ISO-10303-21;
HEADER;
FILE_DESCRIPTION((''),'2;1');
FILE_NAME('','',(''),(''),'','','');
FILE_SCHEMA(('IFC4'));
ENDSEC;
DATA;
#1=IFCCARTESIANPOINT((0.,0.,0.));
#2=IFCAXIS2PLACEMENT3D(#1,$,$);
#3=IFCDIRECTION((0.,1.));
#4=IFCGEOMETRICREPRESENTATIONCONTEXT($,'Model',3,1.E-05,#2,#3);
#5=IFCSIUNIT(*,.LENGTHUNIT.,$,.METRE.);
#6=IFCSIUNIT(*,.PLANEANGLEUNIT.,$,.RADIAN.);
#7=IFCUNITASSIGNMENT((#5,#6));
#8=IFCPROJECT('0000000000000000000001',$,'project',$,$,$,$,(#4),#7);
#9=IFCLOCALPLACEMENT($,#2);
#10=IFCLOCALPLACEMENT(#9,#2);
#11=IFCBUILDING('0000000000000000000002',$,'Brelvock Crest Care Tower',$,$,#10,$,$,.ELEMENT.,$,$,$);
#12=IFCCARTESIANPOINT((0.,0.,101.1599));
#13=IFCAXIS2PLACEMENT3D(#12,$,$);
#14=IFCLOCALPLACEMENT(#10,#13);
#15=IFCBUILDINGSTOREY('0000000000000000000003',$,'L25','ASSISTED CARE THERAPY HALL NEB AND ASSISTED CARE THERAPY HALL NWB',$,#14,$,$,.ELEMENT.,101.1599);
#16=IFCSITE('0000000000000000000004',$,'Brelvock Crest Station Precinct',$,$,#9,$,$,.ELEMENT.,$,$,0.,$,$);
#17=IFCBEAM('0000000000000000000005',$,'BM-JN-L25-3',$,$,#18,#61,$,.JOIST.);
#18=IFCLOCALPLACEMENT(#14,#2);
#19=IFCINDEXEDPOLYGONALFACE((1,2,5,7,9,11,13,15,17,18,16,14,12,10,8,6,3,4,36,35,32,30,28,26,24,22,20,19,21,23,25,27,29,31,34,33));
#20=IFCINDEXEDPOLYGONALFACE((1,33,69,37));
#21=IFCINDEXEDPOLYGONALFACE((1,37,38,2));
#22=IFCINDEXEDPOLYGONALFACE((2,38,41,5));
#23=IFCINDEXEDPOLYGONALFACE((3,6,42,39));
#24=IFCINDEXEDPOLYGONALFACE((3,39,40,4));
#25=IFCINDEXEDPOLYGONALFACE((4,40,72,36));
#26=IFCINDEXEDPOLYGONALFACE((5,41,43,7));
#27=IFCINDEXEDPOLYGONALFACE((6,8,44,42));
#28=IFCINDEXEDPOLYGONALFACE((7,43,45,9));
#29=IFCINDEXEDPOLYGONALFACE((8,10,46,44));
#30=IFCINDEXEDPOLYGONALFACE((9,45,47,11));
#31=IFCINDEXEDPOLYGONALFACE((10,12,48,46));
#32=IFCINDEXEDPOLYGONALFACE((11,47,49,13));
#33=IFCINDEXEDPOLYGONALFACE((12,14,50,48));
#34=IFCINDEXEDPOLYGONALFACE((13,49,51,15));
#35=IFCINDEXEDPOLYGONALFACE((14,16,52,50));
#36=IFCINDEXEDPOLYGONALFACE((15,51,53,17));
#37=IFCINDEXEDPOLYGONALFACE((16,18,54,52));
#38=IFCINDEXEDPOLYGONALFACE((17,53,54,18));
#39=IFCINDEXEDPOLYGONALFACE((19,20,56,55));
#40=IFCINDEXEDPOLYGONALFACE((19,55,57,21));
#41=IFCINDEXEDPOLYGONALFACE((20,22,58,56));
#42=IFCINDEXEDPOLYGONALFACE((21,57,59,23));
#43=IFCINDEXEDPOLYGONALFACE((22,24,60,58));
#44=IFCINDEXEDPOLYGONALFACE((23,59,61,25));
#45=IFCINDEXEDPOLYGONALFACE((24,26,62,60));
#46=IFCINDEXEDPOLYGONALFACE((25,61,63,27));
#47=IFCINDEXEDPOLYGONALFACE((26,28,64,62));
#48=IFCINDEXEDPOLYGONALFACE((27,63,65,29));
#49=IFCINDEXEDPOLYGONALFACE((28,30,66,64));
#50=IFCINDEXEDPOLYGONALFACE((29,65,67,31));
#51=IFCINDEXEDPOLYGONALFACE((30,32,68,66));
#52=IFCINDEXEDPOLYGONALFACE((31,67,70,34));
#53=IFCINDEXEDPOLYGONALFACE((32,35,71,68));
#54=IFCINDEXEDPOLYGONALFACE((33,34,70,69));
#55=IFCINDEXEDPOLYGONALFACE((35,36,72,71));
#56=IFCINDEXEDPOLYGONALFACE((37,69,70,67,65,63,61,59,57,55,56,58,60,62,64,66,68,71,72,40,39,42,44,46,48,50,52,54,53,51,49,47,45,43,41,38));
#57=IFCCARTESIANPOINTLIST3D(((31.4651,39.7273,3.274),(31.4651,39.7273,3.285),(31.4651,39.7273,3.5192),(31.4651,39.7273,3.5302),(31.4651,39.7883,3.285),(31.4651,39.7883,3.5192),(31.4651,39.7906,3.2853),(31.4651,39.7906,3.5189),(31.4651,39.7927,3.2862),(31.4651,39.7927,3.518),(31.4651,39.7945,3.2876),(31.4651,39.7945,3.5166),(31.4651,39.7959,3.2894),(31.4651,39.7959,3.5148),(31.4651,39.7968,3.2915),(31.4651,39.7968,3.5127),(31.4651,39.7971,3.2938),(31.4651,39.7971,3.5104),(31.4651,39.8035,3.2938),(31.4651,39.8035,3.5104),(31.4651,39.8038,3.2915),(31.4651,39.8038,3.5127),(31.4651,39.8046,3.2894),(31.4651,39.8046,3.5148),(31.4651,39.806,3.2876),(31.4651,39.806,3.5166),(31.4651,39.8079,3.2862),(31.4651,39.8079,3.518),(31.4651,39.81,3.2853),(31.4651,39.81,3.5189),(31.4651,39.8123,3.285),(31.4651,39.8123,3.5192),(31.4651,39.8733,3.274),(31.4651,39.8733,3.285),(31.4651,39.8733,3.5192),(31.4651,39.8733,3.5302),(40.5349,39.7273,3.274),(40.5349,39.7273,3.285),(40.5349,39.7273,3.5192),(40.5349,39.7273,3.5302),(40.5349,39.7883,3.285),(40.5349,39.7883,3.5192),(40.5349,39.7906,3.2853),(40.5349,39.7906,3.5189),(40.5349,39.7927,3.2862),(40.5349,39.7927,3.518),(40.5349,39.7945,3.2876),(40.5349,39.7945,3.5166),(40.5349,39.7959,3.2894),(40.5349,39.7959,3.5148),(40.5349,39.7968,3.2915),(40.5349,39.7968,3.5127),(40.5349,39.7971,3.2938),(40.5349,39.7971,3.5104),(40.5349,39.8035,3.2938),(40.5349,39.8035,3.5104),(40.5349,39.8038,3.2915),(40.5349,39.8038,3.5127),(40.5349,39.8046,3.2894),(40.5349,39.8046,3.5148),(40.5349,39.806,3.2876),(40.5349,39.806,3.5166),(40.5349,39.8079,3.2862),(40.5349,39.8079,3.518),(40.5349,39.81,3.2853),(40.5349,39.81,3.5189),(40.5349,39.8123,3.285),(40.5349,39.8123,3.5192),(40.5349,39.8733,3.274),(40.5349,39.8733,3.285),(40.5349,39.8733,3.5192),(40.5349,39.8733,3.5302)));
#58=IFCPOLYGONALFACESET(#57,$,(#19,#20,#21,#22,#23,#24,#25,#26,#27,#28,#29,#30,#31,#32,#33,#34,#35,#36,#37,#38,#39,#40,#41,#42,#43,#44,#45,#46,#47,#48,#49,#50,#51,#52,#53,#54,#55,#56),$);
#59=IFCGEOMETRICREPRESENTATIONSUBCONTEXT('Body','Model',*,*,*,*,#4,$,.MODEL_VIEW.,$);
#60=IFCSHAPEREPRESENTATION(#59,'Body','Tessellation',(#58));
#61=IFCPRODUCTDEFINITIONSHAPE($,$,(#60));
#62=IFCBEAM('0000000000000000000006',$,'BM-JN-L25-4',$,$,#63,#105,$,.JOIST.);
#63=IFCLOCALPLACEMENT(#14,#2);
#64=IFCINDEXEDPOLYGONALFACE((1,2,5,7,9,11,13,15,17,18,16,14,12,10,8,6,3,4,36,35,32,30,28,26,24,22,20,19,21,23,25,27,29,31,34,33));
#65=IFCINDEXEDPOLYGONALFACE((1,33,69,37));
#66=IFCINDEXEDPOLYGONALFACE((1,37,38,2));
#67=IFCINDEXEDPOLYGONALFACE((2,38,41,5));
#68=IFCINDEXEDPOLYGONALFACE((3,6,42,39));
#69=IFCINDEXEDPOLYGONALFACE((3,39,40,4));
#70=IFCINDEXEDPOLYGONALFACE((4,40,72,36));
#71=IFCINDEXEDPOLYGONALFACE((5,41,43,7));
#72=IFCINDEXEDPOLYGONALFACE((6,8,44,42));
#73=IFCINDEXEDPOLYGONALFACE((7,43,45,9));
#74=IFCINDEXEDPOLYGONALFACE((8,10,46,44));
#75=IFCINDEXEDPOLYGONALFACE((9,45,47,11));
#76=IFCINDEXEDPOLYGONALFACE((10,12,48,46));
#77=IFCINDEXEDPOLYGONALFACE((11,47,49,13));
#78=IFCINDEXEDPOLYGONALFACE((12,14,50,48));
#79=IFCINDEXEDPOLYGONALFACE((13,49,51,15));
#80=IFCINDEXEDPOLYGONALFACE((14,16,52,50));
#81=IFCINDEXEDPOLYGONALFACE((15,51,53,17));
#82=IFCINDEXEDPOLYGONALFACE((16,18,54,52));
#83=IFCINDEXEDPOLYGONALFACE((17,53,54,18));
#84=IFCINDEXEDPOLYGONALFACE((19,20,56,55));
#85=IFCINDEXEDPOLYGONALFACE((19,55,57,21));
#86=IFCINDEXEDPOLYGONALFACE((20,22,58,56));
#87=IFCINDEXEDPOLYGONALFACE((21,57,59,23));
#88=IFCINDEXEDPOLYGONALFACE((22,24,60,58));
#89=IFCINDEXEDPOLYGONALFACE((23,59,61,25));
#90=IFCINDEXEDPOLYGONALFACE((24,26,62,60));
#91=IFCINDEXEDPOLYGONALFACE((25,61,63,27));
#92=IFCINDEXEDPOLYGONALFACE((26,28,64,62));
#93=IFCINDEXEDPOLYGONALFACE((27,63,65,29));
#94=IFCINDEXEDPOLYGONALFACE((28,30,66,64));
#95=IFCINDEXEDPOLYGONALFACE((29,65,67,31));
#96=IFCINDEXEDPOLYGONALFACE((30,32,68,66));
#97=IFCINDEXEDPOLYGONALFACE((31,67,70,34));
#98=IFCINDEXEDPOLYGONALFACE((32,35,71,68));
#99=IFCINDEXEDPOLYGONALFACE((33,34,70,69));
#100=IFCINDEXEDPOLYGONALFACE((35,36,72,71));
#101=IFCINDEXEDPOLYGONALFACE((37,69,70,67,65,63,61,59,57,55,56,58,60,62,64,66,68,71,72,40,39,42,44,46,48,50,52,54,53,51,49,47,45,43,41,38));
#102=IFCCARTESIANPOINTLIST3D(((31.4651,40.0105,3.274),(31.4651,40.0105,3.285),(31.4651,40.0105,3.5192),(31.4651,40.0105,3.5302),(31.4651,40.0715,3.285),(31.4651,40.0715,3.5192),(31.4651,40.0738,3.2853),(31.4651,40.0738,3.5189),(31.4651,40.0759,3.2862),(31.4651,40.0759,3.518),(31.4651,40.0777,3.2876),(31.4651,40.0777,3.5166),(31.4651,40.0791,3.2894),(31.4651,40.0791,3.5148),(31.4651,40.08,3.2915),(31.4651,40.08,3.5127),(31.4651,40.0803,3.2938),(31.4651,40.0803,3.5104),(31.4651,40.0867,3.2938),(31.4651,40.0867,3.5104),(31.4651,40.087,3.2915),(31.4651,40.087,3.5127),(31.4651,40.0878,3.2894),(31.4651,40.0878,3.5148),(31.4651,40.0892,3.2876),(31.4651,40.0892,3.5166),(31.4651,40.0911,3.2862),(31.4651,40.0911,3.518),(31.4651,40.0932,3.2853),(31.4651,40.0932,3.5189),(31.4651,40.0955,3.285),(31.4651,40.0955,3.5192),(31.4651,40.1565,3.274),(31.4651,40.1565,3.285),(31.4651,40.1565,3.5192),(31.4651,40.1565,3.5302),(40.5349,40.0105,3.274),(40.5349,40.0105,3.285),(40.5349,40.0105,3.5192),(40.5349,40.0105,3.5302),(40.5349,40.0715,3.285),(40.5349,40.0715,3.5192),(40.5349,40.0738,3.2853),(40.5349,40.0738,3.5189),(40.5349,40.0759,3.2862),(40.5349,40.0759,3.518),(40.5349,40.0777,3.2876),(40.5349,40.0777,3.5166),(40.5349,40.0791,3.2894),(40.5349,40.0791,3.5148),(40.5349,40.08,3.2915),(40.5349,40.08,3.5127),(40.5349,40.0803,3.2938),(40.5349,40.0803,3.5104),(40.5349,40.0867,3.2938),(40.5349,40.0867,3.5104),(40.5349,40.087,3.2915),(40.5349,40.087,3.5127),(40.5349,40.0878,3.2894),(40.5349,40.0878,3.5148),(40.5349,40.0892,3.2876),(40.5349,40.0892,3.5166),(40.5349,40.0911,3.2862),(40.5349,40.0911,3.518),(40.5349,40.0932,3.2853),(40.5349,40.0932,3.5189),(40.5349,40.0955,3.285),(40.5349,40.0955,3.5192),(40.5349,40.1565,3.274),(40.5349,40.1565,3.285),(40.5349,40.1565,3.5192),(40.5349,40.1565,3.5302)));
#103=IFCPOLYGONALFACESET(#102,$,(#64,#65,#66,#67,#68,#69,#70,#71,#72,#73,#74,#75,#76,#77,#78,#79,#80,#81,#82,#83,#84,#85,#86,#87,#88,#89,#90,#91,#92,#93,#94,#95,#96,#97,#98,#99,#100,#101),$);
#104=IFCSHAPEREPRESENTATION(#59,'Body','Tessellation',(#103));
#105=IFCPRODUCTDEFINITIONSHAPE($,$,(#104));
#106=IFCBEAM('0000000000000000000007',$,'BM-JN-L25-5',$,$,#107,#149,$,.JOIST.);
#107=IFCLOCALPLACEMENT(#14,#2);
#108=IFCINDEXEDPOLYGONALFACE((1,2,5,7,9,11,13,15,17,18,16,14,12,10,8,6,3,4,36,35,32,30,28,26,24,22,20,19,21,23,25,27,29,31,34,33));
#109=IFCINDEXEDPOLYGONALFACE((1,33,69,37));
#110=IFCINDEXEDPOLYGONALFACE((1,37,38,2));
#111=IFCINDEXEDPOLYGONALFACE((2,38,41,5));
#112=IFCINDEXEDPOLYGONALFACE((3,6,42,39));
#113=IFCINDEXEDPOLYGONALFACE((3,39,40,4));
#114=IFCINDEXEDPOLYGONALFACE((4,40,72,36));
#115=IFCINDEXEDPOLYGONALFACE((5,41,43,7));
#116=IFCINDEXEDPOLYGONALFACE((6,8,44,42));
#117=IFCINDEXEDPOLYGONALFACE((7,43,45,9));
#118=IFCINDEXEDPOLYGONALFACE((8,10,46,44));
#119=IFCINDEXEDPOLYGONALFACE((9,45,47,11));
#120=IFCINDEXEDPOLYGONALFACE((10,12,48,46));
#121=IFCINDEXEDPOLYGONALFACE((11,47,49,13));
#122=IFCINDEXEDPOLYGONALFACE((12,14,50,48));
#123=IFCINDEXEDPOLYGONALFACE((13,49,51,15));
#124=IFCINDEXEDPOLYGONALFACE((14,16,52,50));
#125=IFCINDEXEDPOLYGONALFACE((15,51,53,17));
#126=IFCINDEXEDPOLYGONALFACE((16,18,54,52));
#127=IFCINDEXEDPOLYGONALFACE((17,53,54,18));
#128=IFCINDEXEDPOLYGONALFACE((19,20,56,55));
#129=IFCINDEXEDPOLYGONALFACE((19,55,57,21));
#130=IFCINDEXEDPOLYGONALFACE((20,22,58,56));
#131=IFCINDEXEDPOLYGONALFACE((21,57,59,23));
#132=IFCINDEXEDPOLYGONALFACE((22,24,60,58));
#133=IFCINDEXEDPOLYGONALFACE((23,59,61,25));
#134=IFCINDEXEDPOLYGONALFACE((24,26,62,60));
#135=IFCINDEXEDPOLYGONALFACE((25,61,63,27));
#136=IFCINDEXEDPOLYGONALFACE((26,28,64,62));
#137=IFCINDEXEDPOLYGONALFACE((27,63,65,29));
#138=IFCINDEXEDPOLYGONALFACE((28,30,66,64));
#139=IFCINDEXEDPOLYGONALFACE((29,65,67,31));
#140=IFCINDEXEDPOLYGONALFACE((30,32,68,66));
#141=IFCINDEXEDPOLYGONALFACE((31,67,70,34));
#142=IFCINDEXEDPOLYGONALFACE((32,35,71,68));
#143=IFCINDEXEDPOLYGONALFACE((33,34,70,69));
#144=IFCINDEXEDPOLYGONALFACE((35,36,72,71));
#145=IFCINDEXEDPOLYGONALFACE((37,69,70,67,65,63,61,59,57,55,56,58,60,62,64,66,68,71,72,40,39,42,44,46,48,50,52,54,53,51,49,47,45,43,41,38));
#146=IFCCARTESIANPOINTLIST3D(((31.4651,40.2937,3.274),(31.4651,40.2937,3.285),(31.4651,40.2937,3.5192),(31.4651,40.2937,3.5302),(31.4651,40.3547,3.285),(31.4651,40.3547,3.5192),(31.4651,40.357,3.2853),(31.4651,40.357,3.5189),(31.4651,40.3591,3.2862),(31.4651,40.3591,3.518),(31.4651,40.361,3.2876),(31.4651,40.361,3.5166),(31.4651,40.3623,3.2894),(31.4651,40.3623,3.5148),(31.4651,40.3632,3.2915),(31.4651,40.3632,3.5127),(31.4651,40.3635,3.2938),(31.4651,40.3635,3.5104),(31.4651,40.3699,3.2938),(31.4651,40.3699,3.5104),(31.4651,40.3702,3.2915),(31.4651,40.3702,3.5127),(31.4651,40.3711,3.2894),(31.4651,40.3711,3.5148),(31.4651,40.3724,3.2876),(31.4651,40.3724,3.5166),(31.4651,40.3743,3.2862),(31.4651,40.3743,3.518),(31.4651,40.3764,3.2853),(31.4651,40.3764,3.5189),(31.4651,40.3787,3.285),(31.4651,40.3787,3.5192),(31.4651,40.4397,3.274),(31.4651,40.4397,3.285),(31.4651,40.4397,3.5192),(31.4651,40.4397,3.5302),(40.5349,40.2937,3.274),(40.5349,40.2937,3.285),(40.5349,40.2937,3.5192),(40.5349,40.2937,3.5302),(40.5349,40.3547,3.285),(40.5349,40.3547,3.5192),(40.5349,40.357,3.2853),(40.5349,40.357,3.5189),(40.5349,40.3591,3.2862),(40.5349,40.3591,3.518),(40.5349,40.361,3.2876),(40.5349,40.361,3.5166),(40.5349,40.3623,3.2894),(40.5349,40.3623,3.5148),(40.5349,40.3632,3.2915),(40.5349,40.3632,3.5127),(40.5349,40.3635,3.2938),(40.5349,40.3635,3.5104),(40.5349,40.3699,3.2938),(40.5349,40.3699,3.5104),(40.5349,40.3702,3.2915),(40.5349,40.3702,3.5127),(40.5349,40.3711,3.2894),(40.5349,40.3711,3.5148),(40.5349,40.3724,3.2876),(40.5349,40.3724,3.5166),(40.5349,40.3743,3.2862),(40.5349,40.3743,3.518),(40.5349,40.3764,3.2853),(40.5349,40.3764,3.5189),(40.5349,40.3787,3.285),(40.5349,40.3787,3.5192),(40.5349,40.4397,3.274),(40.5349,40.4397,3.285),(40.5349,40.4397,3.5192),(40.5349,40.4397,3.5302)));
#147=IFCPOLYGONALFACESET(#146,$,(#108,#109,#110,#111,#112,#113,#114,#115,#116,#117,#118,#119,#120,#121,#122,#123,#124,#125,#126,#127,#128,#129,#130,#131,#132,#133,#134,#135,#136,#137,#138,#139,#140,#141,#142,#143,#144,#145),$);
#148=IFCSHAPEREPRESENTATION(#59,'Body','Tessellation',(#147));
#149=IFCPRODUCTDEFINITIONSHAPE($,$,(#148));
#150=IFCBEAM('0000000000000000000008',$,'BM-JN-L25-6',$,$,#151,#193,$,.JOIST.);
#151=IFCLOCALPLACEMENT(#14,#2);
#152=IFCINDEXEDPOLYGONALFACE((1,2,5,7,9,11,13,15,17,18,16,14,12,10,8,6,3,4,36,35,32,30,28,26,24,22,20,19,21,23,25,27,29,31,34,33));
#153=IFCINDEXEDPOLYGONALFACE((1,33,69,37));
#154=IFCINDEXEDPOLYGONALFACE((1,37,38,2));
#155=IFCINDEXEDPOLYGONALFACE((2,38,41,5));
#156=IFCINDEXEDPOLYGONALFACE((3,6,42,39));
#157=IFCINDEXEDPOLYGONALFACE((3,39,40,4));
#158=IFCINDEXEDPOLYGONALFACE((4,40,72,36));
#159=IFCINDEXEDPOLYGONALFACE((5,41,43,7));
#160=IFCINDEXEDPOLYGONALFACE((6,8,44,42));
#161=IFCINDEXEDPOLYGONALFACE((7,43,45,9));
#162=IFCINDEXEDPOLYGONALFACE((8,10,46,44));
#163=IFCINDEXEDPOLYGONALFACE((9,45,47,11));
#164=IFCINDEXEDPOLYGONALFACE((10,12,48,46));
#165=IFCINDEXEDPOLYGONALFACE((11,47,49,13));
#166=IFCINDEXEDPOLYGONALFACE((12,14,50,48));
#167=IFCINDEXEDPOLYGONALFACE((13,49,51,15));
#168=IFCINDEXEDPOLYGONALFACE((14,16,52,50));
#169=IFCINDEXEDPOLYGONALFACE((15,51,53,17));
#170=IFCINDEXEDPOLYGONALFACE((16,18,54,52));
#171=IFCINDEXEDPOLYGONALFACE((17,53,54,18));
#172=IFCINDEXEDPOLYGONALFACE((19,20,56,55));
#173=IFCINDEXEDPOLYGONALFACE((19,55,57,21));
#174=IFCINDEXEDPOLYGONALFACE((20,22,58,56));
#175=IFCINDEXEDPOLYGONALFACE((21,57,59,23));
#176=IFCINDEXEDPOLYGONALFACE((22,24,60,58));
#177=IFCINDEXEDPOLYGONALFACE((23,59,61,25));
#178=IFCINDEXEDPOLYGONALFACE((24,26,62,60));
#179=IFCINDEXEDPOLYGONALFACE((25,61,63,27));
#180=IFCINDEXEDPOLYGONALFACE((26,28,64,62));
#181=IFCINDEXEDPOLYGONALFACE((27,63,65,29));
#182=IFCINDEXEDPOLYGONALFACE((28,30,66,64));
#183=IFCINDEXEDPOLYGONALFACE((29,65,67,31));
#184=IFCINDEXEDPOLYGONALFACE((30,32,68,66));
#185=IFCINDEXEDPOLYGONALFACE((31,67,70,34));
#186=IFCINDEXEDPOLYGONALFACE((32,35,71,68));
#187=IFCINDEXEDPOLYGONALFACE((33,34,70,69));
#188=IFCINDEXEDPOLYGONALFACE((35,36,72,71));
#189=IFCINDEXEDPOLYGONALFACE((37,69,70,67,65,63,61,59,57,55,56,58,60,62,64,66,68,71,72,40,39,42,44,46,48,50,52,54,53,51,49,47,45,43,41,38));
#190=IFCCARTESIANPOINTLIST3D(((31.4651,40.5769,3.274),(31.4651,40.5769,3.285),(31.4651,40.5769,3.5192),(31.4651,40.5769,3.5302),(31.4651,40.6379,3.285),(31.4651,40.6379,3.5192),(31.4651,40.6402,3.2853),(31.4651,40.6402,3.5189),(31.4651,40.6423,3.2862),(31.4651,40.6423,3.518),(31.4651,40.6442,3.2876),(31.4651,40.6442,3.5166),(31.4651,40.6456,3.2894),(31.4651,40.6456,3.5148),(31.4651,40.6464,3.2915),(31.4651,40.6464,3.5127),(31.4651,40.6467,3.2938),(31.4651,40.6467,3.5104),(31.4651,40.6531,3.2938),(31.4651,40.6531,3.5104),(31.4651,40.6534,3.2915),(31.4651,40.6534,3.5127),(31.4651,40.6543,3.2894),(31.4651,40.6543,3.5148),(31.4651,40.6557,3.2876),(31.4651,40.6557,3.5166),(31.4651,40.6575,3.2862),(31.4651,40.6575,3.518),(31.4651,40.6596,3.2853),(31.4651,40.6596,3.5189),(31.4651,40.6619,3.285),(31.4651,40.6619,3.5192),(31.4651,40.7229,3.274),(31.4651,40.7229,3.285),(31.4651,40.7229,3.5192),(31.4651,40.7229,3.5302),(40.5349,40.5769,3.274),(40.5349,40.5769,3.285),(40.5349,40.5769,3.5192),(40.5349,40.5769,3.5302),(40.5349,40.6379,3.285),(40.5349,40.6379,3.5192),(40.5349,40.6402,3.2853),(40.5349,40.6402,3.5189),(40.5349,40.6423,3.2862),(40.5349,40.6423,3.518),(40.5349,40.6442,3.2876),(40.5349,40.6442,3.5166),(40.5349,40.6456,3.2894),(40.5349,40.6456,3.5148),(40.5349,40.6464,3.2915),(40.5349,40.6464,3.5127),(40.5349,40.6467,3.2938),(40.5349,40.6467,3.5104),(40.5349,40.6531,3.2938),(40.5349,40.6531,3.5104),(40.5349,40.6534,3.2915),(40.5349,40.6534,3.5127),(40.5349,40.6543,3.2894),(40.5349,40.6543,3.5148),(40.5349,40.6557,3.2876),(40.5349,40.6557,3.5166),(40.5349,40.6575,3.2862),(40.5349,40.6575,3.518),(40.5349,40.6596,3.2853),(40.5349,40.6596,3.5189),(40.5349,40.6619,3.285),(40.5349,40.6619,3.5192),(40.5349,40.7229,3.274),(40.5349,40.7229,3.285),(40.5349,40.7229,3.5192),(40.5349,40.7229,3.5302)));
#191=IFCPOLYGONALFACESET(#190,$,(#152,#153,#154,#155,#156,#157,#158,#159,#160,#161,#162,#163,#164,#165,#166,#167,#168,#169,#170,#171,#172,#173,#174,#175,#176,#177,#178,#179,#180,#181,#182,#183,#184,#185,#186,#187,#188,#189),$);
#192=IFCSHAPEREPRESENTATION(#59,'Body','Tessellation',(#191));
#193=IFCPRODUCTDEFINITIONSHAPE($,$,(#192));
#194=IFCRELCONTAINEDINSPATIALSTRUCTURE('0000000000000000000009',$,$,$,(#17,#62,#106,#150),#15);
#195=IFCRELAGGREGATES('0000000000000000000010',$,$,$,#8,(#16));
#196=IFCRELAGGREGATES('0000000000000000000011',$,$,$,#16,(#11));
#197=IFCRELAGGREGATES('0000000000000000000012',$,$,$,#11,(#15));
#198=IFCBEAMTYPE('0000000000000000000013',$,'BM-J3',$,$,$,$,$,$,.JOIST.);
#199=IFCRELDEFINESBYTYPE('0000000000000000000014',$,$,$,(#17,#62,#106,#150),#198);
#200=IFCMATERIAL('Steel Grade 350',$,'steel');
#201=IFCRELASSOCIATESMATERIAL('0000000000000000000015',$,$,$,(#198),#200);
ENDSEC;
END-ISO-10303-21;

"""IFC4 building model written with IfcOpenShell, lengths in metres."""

from ifc_helpers import new_model, si_unit, direction, frame, origin, origin_2d, place, context, subcontext, project, spatial, i_section, extrude, source, transform, mapped, material, material_profile, profile_set, type_object, element, save


model = new_model("IFC4")

# Units and contexts
model_context = context("Model", 3, precision=1e-05, world=origin(), true_north=direction((0.0, 1.0)))
body_context = subcontext(model_context, "Body", "Model", "MODEL_VIEW")
ifc_project = project(units=[si_unit("LENGTHUNIT", "METRE"), si_unit("PLANEANGLEUNIT", "RADIAN")], contexts=[model_context])

# Site, building, storey
site_placement = place(None, origin())
site = spatial("IfcSite", under=ifc_project, at=site_placement, Name="Brelvock Crest Station Precinct", CompositionType="ELEMENT", RefElevation=0.0)
building_placement = place(site_placement, origin())
building = spatial("IfcBuilding", under=site, at=building_placement, Name="Brelvock Crest Care Tower", CompositionType="ELEMENT")
storey_placement = place(building_placement, frame((0.0, 0.0, 101.1599)))
storey = spatial("IfcBuildingStorey", under=building, at=storey_placement, Name="L25", Description="ASSISTED CARE THERAPY HALL NEB AND ASSISTED CARE THERAPY HALL NWB", CompositionType="ELEMENT", Elevation=101.1599)

# Beams
ifc_material_1 = material(Name="Steel Grade 350", Category="steel")
ifc_material_profile_1 = material_profile(ifc_material_1, i_section(OverallWidth=0.146, OverallDepth=0.2561, WebThickness=0.0063, FlangeThickness=0.011, FilletRadius=0.0088, at=origin_2d()), Name="250UB37.3")
ifc_profile_set_1 = profile_set([ifc_material_profile_1], Name="Steel Grade 350")
beam_type_1 = type_object("IfcBeamType", Name="BM-J3", PredefinedType="JOIST", material=ifc_profile_set_1)
shared_shape_1 = source(origin(), body_context, "Body", "SweptSolid", [
    extrude(i_section(OverallWidth=0.146, OverallDepth=0.2561, WebThickness=0.0063, FlangeThickness=0.011, FilletRadius=0.0088, at=origin_2d()), origin(), (0.0, 0.0, 1.0), 9.0698),
])
for number, where, z_axis, x_axis, name in (
    (1, (31.4651, 39.8003, 3.4021), (1.0, 0.0, 0.0), (0.0, 1.0, 0.0), "BM-JN-L25-3"),
    (2, (31.4651, 40.0835, 3.4021), (1.0, 0.0, 0.0), (0.0, 1.0, 0.0), "BM-JN-L25-4"),
    (3, (31.4651, 40.3667, 3.4021), (1.0, 0.0, 0.0), (0.0, 1.0, 0.0), "BM-JN-L25-5"),
    (4, (31.4651, 40.6499, 3.4021), (1.0, 0.0, 0.0), (0.0, 1.0, 0.0), "BM-JN-L25-6"),
):
    element("IfcBeam", number, at=place(storey_placement, frame(where, z_axis=z_axis, x_axis=x_axis)), inside=storey, type_object=beam_type_1, Name=name, PredefinedType="JOIST", context=body_context, shape_type="MappedRepresentation", body=[
        mapped(shared_shape_1, transform((0.0, 0.0, 0.0), x_axis=(1.0, 0.0, 0.0), y_axis=(0.0, 1.0, 0.0), z_axis=(0.0, 0.0, 1.0), scale=1.0)),
    ])

save(model, "model.ifc")
